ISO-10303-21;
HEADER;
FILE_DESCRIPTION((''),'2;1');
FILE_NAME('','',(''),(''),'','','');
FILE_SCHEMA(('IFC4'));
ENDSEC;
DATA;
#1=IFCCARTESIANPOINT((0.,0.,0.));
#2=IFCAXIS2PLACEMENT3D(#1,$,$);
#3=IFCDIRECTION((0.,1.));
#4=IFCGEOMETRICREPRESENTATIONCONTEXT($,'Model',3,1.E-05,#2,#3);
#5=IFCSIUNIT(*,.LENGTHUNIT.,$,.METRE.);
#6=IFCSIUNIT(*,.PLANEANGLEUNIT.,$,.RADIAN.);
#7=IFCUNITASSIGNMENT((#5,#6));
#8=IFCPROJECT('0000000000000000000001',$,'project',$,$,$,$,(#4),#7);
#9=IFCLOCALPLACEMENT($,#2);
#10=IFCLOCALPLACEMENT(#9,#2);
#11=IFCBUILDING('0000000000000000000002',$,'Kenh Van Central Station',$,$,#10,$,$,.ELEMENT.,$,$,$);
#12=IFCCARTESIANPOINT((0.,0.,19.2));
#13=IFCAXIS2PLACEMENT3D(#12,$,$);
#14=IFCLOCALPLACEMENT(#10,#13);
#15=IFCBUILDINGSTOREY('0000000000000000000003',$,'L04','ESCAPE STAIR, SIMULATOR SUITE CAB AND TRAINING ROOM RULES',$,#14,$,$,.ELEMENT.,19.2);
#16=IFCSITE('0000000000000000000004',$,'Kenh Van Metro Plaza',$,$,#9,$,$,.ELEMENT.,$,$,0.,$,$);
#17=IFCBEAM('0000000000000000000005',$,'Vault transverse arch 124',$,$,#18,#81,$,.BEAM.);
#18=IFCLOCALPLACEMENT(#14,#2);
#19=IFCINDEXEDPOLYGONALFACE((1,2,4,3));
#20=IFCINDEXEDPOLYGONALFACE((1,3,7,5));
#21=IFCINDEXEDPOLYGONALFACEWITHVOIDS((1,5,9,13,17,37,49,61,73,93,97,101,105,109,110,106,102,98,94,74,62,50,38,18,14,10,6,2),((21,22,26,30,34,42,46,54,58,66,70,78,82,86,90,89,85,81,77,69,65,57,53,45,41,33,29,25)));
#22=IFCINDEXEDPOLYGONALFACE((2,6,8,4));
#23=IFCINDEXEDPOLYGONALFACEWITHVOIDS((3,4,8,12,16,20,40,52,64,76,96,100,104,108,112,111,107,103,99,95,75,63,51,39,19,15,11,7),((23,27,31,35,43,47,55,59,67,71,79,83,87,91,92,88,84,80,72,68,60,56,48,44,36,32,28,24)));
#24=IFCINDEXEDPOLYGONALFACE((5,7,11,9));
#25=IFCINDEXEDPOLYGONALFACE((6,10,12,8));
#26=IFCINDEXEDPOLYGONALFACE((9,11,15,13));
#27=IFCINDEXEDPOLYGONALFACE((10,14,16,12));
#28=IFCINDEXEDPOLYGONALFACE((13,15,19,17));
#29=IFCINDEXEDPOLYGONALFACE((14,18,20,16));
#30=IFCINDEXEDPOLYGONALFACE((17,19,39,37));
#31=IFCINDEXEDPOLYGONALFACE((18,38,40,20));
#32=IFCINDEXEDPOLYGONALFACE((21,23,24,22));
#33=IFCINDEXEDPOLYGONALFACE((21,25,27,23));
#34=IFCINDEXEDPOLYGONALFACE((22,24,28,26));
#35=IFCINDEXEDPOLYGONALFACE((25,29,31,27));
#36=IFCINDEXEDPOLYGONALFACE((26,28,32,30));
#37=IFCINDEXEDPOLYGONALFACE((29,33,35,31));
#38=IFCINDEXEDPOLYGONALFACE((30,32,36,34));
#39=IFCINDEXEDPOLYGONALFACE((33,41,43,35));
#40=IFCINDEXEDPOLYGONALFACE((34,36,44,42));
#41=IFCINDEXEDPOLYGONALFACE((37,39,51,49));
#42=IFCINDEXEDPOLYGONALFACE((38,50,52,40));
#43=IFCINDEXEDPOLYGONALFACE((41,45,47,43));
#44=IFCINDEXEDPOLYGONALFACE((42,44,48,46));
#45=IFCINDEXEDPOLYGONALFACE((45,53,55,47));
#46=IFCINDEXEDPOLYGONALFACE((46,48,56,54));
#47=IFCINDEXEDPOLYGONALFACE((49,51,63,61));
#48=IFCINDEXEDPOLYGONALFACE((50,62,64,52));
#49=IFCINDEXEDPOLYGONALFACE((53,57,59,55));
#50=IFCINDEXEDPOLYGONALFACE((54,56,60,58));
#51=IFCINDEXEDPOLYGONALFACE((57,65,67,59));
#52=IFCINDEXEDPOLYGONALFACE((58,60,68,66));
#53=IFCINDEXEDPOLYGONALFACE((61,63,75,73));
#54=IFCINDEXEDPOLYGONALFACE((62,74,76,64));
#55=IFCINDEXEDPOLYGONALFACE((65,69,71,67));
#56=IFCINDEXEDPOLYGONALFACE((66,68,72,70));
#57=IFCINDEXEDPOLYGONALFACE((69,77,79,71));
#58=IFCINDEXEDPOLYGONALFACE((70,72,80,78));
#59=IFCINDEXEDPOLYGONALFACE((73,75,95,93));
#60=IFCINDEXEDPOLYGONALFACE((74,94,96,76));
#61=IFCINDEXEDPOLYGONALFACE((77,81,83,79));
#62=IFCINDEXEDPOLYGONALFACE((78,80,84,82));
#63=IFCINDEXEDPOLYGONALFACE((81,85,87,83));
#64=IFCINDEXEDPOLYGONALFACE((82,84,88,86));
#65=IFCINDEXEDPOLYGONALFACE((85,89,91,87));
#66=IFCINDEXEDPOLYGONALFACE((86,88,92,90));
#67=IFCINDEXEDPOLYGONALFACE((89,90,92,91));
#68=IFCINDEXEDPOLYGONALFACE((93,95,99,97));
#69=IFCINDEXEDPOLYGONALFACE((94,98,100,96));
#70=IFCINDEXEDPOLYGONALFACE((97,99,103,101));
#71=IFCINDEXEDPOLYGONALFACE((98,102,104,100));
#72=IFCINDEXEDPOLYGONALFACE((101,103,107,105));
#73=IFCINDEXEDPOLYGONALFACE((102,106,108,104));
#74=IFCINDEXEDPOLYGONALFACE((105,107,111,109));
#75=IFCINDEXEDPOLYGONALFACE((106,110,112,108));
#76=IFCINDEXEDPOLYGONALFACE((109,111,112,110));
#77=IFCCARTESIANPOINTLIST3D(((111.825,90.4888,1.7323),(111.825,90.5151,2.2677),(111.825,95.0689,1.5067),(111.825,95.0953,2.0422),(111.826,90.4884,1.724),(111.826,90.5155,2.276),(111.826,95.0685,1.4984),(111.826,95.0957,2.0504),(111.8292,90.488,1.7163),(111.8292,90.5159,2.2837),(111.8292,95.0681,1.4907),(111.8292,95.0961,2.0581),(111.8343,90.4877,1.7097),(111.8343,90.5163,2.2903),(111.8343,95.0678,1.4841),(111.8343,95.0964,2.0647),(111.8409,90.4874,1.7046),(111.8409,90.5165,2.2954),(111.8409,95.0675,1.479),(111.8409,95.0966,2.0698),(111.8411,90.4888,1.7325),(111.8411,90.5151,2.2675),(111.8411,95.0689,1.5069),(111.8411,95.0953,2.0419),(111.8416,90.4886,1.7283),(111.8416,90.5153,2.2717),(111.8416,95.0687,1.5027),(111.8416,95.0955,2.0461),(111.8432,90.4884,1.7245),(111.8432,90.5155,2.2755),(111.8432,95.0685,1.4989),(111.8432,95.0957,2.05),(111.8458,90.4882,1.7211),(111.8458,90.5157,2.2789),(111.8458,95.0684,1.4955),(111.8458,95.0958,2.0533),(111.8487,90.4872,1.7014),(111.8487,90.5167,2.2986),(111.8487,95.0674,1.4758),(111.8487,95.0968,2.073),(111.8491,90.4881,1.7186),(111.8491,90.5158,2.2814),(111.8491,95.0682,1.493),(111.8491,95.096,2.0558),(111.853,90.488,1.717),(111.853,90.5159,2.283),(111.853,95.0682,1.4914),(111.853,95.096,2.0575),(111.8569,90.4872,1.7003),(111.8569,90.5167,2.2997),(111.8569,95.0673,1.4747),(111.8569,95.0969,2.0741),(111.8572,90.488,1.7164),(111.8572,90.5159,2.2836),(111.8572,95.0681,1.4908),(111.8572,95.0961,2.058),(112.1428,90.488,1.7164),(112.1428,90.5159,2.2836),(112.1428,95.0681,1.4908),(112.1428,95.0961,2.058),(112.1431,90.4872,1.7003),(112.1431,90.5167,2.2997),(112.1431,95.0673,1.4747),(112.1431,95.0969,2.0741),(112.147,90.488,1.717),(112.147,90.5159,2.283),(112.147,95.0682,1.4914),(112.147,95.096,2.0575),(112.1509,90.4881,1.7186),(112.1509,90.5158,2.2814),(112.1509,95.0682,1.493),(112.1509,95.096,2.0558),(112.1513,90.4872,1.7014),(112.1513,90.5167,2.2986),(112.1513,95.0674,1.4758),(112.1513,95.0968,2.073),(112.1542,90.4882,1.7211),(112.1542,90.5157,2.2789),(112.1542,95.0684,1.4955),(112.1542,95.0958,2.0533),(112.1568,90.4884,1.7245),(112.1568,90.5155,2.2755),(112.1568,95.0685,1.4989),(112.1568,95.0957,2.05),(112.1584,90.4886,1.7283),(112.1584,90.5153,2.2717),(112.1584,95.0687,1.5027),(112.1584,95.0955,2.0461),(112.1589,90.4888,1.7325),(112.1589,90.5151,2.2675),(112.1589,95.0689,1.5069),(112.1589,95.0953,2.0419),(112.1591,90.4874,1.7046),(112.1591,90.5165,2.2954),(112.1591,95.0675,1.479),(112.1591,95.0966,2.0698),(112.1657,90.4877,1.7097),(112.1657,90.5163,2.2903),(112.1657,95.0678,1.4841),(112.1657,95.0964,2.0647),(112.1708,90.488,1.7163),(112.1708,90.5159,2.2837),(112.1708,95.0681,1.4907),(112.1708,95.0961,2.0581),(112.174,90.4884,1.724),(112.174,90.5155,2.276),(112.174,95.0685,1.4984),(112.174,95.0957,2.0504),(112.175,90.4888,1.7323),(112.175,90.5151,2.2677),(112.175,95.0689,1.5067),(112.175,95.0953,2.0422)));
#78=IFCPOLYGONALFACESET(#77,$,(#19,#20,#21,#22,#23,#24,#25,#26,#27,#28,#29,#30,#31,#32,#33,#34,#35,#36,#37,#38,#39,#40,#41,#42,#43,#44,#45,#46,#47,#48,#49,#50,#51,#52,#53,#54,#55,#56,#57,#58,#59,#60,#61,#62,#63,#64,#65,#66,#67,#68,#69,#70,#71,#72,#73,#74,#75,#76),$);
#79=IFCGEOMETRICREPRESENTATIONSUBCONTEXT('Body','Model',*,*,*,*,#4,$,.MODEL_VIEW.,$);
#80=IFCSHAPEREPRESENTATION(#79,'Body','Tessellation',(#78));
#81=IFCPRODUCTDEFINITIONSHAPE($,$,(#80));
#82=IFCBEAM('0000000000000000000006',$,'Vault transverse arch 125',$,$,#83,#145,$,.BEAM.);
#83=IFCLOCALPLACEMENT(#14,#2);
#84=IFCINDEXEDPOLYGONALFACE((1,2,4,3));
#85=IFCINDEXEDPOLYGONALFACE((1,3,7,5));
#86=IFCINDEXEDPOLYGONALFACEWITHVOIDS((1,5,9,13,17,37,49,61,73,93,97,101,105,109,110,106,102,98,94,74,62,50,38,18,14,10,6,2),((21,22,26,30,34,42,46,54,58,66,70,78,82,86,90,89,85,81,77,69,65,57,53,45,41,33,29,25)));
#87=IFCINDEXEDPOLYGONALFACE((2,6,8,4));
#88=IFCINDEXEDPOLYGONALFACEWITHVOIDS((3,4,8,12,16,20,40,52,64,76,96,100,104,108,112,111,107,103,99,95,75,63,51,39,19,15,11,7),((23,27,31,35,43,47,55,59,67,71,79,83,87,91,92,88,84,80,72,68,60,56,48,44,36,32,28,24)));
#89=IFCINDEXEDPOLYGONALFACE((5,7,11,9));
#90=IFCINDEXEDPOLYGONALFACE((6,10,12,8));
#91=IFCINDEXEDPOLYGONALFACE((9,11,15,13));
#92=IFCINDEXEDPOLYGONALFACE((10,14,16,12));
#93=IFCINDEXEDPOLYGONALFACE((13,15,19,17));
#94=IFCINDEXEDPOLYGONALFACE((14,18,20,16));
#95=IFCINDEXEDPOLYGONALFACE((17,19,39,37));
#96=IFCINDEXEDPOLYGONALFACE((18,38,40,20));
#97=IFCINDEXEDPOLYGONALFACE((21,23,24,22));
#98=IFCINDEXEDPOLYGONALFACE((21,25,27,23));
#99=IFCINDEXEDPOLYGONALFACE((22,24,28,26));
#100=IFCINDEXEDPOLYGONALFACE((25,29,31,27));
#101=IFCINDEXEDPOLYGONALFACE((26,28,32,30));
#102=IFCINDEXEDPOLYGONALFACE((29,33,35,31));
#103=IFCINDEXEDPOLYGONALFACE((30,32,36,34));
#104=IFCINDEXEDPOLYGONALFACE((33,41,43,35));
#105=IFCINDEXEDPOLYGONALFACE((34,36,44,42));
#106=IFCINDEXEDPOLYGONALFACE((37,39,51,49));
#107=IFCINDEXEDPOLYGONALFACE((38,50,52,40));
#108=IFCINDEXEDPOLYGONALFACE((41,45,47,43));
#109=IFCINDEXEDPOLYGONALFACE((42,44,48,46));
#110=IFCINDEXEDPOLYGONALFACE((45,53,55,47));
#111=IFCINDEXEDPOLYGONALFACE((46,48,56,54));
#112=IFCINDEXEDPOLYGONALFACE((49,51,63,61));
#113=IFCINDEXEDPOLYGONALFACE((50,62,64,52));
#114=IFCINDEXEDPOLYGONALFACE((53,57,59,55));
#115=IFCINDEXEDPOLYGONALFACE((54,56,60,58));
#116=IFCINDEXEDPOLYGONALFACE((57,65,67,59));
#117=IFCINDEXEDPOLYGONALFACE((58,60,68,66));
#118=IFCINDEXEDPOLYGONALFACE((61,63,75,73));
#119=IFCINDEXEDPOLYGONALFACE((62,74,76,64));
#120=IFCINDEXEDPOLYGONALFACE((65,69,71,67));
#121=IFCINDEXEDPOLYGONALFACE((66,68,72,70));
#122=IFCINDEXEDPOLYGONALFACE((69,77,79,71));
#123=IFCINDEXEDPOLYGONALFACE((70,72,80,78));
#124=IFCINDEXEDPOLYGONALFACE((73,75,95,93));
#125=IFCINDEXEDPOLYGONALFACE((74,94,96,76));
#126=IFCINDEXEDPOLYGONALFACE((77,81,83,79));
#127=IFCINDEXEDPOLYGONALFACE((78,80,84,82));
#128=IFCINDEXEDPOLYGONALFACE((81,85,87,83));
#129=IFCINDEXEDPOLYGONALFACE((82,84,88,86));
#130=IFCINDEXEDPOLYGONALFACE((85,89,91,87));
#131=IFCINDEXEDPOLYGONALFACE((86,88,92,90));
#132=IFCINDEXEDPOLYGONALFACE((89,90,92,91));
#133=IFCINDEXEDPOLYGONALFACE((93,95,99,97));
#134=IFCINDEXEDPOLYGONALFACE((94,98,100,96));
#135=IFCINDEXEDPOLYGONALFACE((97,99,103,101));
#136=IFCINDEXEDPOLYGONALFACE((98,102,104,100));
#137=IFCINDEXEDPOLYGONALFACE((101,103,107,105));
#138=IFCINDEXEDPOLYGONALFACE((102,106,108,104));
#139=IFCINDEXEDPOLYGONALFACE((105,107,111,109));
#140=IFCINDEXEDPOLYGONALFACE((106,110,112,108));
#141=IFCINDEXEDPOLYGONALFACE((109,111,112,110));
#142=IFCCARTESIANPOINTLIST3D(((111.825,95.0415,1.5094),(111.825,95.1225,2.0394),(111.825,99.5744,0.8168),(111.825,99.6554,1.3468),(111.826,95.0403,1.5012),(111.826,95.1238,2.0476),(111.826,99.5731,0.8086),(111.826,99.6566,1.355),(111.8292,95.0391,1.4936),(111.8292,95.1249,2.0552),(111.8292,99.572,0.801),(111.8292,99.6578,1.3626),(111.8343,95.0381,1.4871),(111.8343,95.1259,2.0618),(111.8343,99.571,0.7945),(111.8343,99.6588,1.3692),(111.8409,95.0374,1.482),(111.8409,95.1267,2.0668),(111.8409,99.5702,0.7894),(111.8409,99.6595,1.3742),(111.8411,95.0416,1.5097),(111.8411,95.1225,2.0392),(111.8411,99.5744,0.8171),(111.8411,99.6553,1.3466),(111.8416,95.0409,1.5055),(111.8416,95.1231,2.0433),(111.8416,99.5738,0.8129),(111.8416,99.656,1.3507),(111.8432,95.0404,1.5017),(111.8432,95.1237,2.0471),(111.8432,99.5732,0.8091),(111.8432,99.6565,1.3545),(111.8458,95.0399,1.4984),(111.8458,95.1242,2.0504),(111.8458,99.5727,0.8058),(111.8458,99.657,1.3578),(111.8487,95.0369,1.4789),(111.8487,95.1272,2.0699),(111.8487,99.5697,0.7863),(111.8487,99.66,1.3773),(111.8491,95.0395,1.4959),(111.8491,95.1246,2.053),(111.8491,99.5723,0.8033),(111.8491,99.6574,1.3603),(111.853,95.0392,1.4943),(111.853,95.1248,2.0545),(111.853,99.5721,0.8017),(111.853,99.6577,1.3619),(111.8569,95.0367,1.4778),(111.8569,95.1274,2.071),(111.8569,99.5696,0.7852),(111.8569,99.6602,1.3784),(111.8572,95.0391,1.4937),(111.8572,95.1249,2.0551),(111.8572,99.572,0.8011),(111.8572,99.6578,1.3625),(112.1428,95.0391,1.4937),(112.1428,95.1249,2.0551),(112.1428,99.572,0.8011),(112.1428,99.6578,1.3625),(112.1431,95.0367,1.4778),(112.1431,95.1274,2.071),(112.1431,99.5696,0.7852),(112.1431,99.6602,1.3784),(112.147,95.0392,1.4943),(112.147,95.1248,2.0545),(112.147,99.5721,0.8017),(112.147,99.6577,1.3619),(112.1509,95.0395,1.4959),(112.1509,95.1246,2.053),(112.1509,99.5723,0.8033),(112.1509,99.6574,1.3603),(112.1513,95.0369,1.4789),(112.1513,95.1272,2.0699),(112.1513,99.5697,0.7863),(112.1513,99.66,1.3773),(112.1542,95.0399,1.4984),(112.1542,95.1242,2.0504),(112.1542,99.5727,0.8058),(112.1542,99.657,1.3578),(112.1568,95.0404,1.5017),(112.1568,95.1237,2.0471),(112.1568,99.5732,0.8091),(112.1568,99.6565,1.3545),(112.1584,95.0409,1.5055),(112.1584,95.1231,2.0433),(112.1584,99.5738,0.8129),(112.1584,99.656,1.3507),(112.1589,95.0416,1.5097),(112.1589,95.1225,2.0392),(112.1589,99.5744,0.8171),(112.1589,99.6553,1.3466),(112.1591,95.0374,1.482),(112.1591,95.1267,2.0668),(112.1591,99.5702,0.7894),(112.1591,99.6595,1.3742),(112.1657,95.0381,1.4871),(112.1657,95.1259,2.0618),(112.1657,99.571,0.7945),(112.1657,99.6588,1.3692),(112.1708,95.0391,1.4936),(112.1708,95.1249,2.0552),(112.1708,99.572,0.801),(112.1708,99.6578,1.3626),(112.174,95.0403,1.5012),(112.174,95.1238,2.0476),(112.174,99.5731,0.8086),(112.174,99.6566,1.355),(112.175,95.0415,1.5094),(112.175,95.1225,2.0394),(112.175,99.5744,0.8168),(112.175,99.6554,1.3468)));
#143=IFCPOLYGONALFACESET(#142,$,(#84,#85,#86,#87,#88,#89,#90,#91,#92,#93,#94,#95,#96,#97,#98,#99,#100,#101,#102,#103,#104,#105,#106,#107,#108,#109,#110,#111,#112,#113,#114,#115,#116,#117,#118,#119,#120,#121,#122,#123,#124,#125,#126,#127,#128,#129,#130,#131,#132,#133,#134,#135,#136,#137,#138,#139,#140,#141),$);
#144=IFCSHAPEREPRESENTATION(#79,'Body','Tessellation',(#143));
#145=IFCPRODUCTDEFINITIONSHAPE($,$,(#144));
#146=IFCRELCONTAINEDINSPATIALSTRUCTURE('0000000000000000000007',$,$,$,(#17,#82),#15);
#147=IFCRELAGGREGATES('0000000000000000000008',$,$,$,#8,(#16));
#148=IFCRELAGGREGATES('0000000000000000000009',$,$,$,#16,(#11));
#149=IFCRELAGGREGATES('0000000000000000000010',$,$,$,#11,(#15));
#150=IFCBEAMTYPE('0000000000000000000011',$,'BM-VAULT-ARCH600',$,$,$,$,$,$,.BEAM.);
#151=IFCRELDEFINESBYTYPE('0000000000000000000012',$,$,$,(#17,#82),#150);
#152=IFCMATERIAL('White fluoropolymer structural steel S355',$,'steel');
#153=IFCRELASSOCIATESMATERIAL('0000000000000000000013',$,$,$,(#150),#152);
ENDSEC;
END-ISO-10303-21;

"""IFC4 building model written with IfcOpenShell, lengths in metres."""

from ifc_helpers import new_model, si_unit, direction, frame, origin, origin_2d, place, context, subcontext, project, spatial, hollow_rectangle, extrude, material, material_profile, profile_set, type_object, element, save


model = new_model("IFC4")

# Units and contexts
model_context = context("Model", 3, precision=1e-05, world=origin(), true_north=direction((0.0, 1.0)))
body_context = subcontext(model_context, "Body", "Model", "MODEL_VIEW")
ifc_project = project(units=[si_unit("LENGTHUNIT", "METRE"), si_unit("PLANEANGLEUNIT", "RADIAN")], contexts=[model_context])

# Site, building, storey
site_placement = place(None, origin())
site = spatial("IfcSite", under=ifc_project, at=site_placement, Name="Kenh Van Metro Plaza", CompositionType="ELEMENT", RefElevation=0.0)
building_placement = place(site_placement, origin())
building = spatial("IfcBuilding", under=site, at=building_placement, Name="Kenh Van Central Station", CompositionType="ELEMENT")
storey_placement = place(building_placement, frame((0.0, 0.0, 19.2)))
storey = spatial("IfcBuildingStorey", under=building, at=storey_placement, Name="L04", Description="ESCAPE STAIR, SIMULATOR SUITE CAB AND TRAINING ROOM RULES", CompositionType="ELEMENT", Elevation=19.2)

# Beams
ifc_material_1 = material(Name="White fluoropolymer structural steel S355", Category="steel")
ifc_material_profile_1 = material_profile(ifc_material_1, hollow_rectangle(XDim=0.3501, YDim=0.6001, WallThickness=0.0161, InnerFilletRadius=0.0161, OuterFilletRadius=0.032, at=origin_2d()), Name="RHS 600x350x16")
ifc_profile_set_1 = profile_set([ifc_material_profile_1], Name="White fluoropolymer structural steel S355")
beam_type = type_object("IfcBeamType", Name="BM-VAULT-ARCH600", PredefinedType="BEAM", material=ifc_profile_set_1)
beam_1_placement = place(storey_placement, frame((112.0, 90.502, 2.0), z_axis=(0.0, 0.998789, -0.049194), x_axis=(-1.0, 0.0, 0.0)))
element("IfcBeam", 1, at=beam_1_placement, inside=storey, type_object=beam_type, Name="Vault transverse arch 124", PredefinedType="BEAM", context=body_context, shape_type="SweptSolid", body=[
    extrude(hollow_rectangle(XDim=0.3501, YDim=0.6001, WallThickness=0.0161, InnerFilletRadius=0.0161, OuterFilletRadius=0.032, at=origin_2d()), origin(), (0.0, 0.0, 1.0), 4.5857),
])
beam_2_placement = place(storey_placement, frame((112.0, 95.082, 1.7744), z_axis=(0.0, 0.988527, -0.151045), x_axis=(-1.0, 0.0, 0.0)))
element("IfcBeam", 2, at=beam_2_placement, inside=storey, type_object=beam_type, Name="Vault transverse arch 125", PredefinedType="BEAM", context=body_context, shape_type="SweptSolid", body=[
    extrude(hollow_rectangle(XDim=0.3501, YDim=0.6001, WallThickness=0.0161, InnerFilletRadius=0.0161, OuterFilletRadius=0.032, at=origin_2d()), origin(), (0.0, 0.0, 1.0), 4.5854),
])

save(model, "model.ifc")
